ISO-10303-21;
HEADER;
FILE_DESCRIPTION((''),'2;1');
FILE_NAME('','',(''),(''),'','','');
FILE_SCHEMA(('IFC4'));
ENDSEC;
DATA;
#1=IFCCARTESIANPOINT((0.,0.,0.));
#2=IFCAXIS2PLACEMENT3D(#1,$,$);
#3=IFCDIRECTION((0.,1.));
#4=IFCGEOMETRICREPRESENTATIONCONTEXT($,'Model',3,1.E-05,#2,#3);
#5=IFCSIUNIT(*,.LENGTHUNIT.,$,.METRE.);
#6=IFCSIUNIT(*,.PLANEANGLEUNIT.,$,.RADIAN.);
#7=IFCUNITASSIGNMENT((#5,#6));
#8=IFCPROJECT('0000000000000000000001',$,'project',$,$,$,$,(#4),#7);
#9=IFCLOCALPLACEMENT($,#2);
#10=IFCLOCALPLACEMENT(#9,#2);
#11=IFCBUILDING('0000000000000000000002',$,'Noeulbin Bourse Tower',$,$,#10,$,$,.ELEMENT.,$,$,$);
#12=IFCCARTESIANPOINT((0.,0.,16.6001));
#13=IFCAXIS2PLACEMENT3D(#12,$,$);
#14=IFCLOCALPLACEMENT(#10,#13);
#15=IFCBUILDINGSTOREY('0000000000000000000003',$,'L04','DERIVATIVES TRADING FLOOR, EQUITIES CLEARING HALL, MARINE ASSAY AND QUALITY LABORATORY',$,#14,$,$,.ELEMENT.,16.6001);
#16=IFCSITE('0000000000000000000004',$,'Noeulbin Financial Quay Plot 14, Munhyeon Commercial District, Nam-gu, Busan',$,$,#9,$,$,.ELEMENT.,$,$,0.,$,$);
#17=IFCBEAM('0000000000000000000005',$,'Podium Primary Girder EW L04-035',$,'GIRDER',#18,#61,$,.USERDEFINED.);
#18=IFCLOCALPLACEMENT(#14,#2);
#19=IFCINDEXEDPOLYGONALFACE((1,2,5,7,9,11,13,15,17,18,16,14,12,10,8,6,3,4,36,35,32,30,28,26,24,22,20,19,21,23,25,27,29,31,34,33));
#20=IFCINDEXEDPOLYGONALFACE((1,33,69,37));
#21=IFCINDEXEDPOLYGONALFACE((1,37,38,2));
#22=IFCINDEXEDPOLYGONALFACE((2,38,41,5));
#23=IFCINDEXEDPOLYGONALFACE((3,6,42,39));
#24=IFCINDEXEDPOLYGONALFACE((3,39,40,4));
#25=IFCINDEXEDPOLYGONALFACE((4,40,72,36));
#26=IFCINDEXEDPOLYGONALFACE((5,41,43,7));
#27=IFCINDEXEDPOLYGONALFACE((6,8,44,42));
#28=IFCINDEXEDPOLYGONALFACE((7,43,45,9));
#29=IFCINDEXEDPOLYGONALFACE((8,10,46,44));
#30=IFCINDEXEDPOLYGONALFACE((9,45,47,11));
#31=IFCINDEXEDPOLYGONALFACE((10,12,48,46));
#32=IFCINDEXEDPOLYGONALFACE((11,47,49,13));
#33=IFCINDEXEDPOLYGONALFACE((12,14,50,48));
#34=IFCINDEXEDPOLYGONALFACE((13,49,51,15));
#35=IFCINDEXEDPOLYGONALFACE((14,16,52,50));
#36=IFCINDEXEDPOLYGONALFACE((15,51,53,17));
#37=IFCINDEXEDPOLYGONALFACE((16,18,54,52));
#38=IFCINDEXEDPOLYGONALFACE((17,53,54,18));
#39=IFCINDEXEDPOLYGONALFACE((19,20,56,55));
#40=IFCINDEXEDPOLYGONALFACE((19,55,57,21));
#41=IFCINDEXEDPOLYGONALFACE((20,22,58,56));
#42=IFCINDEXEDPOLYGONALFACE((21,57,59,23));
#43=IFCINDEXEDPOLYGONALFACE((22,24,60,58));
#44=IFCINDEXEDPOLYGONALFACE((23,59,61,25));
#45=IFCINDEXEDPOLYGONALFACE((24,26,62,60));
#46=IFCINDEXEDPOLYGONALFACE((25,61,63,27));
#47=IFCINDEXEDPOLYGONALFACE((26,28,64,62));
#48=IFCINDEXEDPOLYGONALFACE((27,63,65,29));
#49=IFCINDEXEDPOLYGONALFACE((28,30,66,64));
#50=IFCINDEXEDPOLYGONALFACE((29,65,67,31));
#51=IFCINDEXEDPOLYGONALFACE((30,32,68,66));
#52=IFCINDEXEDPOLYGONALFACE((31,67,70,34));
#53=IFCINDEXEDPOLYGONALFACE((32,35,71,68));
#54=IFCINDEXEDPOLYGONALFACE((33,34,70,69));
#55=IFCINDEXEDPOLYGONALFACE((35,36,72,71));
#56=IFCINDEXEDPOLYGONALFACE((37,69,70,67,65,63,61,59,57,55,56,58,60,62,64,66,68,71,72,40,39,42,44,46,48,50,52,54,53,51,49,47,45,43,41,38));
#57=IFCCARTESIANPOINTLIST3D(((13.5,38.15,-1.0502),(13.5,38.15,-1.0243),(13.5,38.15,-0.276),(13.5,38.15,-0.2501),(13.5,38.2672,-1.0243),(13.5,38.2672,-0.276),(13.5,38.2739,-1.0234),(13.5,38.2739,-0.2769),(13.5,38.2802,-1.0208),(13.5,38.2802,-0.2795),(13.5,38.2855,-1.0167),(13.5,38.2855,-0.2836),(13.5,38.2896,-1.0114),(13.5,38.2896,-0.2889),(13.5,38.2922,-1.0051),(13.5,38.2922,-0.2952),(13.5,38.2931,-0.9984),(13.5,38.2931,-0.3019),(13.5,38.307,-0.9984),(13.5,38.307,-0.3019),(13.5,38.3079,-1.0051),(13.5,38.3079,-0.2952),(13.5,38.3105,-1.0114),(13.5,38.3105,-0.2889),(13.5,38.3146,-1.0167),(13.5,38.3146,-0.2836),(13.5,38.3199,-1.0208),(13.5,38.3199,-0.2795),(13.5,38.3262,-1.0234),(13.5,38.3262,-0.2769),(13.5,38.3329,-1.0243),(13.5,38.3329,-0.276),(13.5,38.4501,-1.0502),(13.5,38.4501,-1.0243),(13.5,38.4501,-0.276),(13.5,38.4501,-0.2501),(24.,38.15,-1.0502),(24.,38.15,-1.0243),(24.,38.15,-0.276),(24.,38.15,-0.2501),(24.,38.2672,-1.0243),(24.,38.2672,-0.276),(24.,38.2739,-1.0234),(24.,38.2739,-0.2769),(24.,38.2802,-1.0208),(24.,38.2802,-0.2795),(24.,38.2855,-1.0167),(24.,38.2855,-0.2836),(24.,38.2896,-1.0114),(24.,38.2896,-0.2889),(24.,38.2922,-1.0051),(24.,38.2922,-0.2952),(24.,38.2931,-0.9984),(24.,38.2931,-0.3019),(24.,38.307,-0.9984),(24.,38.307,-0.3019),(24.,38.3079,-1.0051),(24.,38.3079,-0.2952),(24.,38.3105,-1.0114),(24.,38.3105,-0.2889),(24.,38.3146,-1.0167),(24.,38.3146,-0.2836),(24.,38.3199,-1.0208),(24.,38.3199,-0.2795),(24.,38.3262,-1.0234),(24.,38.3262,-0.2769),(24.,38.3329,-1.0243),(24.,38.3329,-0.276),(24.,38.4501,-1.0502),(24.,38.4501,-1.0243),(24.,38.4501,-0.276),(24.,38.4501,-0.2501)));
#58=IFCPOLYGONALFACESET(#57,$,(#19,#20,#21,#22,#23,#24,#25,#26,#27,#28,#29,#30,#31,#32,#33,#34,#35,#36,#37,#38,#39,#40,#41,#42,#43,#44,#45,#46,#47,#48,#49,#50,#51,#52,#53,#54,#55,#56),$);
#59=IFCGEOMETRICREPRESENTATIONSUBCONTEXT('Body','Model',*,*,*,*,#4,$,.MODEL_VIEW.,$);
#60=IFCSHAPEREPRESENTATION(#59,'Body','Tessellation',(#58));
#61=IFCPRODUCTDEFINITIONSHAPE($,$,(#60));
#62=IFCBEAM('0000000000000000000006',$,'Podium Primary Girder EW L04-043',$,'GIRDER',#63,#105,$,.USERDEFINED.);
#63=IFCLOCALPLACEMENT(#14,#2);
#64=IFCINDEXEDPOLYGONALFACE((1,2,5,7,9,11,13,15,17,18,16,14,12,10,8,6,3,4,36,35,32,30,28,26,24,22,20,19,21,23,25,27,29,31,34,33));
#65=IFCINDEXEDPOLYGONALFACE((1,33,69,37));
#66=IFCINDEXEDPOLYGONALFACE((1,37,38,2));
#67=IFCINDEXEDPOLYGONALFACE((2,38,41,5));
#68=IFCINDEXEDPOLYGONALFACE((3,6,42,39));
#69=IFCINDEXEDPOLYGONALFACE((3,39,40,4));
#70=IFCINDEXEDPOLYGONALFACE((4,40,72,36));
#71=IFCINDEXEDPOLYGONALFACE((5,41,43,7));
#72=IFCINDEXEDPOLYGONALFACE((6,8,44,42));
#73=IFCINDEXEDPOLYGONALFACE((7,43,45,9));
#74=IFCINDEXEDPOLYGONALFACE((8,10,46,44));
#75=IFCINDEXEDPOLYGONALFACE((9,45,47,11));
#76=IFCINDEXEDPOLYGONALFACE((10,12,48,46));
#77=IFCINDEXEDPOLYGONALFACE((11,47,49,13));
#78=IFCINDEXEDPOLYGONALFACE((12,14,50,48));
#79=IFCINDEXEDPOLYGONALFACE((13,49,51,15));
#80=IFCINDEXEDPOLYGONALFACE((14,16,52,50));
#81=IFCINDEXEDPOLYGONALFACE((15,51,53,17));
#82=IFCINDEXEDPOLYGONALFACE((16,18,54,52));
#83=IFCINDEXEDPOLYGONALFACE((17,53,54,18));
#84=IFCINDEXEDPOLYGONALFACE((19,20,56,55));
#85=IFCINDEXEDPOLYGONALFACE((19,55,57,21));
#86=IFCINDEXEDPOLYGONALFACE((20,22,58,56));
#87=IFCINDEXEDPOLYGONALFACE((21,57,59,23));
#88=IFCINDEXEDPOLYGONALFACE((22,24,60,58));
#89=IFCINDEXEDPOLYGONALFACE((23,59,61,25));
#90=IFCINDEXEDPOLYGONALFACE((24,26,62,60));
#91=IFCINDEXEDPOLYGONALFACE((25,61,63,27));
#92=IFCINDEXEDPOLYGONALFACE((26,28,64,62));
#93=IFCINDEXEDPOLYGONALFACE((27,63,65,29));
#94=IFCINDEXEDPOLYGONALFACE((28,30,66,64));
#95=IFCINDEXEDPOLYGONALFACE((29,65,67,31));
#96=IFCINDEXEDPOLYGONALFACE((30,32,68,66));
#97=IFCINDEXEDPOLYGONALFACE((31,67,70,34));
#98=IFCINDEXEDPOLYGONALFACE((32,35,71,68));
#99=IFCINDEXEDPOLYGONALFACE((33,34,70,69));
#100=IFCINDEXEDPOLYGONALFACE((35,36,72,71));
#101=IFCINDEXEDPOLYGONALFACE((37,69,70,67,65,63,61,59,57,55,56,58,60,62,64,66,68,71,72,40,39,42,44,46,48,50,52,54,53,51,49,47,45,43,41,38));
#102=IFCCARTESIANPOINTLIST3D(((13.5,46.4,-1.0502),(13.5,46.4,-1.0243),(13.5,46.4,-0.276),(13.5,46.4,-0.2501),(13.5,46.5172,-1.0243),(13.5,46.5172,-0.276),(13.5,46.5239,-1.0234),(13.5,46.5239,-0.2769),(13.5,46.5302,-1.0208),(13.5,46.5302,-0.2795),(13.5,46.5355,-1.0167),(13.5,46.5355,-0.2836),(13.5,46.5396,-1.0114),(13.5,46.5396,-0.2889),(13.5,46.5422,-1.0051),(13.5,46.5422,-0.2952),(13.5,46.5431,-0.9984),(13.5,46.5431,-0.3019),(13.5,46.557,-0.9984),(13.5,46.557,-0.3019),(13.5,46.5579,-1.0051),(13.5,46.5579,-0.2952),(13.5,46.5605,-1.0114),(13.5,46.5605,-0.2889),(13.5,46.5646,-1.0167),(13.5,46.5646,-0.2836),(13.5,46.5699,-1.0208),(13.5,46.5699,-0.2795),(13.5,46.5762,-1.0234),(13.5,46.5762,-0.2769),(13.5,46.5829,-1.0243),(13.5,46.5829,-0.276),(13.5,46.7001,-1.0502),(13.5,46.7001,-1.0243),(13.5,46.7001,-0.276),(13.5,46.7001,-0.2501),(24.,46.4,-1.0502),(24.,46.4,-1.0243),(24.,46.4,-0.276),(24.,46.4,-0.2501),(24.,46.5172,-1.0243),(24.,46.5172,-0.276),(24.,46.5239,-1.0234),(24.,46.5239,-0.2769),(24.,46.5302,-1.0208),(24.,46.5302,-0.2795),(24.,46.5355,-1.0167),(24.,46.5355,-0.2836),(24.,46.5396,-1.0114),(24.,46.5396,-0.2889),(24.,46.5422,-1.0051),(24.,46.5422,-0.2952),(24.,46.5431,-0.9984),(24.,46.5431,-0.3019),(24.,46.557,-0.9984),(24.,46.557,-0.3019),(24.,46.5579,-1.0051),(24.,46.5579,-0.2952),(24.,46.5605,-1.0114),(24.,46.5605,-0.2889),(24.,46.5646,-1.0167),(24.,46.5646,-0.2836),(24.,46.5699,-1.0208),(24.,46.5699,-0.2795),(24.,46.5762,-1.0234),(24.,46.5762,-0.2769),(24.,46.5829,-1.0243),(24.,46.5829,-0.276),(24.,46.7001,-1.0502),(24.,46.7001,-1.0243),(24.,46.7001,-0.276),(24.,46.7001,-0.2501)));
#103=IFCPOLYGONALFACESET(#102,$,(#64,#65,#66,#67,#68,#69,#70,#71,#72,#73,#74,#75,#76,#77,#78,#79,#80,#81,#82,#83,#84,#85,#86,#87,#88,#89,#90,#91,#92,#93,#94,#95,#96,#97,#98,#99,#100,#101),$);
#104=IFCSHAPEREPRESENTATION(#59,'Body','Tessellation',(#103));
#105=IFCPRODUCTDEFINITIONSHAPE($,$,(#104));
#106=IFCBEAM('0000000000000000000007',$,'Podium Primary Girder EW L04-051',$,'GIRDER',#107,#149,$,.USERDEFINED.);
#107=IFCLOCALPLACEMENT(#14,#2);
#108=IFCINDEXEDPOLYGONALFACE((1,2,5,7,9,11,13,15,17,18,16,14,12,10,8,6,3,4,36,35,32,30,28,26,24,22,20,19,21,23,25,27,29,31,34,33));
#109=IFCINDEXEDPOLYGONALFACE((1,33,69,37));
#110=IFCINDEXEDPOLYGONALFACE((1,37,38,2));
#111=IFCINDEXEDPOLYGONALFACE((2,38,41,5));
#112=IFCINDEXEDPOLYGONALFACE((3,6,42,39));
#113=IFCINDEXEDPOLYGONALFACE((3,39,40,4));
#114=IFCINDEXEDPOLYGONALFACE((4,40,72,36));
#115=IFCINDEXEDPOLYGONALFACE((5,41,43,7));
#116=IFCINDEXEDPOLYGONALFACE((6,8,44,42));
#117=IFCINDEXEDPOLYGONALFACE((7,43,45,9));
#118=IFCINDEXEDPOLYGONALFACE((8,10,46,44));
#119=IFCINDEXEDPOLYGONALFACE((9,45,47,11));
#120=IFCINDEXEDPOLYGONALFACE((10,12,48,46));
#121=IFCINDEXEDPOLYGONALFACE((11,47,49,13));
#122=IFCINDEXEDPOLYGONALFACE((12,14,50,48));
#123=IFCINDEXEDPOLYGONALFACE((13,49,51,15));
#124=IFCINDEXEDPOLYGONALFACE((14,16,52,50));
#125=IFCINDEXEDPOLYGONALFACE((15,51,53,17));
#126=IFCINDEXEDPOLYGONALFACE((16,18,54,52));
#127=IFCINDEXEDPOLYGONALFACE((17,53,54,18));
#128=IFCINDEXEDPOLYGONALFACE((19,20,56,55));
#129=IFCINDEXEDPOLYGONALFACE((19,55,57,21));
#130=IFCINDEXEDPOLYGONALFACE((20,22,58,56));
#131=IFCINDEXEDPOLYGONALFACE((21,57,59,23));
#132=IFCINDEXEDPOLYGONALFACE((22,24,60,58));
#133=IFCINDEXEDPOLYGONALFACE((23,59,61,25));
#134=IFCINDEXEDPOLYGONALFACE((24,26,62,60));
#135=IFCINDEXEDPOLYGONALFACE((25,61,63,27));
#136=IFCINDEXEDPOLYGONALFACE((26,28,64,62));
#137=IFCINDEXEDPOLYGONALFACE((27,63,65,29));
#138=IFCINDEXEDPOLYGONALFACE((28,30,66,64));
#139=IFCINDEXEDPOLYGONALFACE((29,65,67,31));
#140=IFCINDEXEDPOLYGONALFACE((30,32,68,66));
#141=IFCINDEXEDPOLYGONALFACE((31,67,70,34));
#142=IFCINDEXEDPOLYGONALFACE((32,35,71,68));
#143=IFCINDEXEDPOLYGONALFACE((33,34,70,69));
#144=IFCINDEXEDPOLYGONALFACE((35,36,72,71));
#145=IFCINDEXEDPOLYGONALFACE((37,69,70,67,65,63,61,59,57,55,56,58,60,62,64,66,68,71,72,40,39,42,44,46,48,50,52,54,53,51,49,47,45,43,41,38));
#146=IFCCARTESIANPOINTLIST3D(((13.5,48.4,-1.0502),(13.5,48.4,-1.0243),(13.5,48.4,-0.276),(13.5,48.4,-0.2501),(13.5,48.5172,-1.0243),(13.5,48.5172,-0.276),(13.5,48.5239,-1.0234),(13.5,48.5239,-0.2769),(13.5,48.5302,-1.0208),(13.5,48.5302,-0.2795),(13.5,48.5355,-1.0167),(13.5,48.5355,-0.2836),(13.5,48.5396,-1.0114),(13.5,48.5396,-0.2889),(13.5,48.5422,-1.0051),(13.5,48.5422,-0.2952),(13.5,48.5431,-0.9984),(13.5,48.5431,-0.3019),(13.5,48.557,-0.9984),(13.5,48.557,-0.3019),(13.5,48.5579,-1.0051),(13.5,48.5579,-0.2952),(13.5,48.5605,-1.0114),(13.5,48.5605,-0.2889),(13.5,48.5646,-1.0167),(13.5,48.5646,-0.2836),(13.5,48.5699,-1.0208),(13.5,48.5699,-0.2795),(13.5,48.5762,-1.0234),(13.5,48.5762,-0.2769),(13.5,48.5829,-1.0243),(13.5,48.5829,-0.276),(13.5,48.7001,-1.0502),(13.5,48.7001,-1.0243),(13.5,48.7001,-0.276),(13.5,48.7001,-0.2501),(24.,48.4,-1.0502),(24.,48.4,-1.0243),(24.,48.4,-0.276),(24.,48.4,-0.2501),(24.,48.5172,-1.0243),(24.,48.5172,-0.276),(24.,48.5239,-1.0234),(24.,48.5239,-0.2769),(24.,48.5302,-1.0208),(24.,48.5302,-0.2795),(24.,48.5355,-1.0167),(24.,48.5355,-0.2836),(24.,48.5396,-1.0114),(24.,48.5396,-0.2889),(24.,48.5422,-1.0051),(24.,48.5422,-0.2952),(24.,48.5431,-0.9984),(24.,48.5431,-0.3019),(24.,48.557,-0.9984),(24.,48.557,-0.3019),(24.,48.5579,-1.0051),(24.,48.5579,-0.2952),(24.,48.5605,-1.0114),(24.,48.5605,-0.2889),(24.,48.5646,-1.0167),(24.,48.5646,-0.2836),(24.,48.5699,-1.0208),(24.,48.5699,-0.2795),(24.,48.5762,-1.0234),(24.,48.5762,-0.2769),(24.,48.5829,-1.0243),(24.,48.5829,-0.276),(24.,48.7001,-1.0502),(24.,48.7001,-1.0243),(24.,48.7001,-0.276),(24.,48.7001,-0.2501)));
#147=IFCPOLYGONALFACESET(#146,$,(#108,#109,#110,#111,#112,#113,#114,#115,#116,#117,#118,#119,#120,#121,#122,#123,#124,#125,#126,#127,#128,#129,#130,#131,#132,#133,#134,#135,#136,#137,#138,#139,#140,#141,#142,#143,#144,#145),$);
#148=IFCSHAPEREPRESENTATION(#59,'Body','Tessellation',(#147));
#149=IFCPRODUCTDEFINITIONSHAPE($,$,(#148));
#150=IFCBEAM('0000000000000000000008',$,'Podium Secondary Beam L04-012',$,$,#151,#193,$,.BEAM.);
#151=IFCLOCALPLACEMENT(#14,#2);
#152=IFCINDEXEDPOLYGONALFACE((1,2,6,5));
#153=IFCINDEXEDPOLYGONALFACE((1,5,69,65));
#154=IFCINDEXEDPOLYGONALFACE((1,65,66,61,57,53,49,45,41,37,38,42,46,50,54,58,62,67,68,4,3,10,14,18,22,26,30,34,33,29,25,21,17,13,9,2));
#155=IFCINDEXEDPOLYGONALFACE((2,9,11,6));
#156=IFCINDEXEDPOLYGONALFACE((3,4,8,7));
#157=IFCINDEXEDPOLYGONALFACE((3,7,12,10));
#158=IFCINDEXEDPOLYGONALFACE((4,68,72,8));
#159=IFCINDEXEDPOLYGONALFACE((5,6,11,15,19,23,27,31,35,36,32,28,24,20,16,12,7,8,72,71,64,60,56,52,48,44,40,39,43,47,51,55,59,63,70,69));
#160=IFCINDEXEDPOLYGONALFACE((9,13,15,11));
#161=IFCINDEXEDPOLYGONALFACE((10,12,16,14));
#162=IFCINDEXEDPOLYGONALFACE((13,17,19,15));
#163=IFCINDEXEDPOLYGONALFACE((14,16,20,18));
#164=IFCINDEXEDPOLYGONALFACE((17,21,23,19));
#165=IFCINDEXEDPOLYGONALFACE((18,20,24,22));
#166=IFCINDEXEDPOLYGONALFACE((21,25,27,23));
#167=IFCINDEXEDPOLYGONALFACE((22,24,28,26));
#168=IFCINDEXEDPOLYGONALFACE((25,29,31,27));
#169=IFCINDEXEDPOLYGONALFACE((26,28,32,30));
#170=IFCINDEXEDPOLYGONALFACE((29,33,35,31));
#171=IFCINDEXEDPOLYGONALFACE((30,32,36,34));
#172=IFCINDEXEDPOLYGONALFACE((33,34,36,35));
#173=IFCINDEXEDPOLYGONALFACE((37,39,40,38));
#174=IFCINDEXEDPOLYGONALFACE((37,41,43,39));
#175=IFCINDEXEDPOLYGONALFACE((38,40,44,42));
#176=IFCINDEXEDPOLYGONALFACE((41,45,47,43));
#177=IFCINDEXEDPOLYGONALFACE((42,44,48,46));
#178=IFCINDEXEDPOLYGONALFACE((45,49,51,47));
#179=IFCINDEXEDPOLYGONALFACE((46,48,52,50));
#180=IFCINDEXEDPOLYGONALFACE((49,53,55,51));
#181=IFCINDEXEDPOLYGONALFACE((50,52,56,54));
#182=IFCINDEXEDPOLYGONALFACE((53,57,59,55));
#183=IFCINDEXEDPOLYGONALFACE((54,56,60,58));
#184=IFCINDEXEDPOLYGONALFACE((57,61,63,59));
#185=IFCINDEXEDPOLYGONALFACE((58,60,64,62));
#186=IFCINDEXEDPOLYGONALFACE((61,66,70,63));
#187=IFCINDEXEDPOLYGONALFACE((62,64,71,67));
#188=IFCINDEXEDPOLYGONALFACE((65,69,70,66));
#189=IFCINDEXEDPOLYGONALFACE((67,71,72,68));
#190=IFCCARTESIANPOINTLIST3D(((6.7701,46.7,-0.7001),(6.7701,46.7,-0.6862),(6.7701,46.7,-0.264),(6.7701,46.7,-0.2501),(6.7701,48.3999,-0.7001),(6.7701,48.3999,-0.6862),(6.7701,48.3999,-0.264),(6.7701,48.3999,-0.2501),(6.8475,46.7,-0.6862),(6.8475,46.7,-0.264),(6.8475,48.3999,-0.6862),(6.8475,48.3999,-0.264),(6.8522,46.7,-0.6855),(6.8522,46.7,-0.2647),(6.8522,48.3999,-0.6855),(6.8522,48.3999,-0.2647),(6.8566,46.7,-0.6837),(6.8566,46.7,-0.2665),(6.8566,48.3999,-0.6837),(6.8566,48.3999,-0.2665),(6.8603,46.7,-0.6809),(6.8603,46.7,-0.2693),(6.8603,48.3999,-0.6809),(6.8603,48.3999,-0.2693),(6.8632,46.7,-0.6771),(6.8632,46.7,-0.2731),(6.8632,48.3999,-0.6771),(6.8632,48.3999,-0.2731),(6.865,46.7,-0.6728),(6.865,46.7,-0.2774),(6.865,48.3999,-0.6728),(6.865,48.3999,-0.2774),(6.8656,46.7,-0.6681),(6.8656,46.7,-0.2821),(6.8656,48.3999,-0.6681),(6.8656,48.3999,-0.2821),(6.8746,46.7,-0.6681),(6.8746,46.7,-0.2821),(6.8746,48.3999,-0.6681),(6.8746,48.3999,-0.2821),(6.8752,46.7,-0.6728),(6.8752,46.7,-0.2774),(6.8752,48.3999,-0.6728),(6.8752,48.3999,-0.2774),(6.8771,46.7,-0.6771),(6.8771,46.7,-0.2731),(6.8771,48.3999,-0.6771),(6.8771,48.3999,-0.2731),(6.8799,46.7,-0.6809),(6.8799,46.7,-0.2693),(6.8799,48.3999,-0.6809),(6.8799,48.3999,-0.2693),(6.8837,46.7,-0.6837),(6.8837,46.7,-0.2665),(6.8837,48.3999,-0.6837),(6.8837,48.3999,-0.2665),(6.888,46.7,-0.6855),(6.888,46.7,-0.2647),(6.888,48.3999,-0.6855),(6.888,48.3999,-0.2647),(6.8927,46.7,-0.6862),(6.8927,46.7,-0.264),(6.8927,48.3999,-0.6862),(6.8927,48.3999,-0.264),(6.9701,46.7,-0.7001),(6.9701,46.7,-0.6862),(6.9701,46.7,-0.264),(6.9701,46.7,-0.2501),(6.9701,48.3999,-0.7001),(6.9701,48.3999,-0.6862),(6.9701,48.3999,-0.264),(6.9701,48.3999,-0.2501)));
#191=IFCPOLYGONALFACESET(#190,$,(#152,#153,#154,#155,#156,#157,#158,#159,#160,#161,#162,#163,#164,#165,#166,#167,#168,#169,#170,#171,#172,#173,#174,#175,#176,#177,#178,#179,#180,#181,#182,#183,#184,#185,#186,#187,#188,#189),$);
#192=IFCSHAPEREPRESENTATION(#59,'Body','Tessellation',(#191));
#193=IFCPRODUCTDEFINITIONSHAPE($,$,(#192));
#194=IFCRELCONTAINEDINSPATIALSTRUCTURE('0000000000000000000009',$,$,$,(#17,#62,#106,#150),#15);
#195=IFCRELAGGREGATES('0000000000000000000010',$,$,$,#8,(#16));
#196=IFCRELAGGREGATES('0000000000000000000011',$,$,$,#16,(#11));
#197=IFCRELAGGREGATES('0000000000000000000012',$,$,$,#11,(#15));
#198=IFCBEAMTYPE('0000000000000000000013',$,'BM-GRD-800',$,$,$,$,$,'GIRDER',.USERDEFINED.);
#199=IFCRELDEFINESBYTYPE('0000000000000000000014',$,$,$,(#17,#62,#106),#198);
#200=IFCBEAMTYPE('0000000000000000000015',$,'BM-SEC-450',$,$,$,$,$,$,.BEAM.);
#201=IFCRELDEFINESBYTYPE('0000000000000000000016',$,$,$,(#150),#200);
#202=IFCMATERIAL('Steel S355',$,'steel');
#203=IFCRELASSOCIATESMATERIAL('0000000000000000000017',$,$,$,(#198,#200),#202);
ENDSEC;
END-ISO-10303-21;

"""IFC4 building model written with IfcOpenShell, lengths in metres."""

from ifc_helpers import new_model, si_unit, direction, frame, origin, origin_2d, place, context, subcontext, project, spatial, i_section, extrude, material, material_profile, profile_set, type_object, element, save


model = new_model("IFC4")

# Units and contexts
model_context = context("Model", 3, precision=1e-05, world=origin(), true_north=direction((0.0, 1.0)))
body_context = subcontext(model_context, "Body", "Model", "MODEL_VIEW")
ifc_project = project(units=[si_unit("LENGTHUNIT", "METRE"), si_unit("PLANEANGLEUNIT", "RADIAN")], contexts=[model_context])

# Site, building, storey
site_placement = place(None, origin())
site = spatial("IfcSite", under=ifc_project, at=site_placement, Name="Noeulbin Financial Quay Plot 14, Munhyeon Commercial District, Nam-gu, Busan", CompositionType="ELEMENT", RefElevation=0.0)
building_placement = place(site_placement, origin())
building = spatial("IfcBuilding", under=site, at=building_placement, Name="Noeulbin Bourse Tower", CompositionType="ELEMENT")
storey_placement = place(building_placement, frame((0.0, 0.0, 16.6001)))
storey = spatial("IfcBuildingStorey", under=building, at=storey_placement, Name="L04", Description="DERIVATIVES TRADING FLOOR, EQUITIES CLEARING HALL, MARINE ASSAY AND QUALITY LABORATORY", CompositionType="ELEMENT", Elevation=16.6001)

# Beams
ifc_material_1 = material(Name="Steel S355", Category="steel")
ifc_material_profile_1 = material_profile(ifc_material_1, i_section(OverallWidth=0.3, OverallDepth=0.8, WebThickness=0.0139, FlangeThickness=0.0259, FilletRadius=0.0259, at=origin_2d()), Name="H-800x300x14x26", Category="LoadBearing")
ifc_profile_set_1 = profile_set([ifc_material_profile_1], Name="Steel S355")
beam_type_1 = type_object("IfcBeamType", Name="BM-GRD-800", ElementType="GIRDER", PredefinedType="USERDEFINED", material=ifc_profile_set_1)
for number, where, z_axis, x_axis, name in (
    (1, (13.5, 38.3, -0.6501), (1.0, 0.0, 0.0), (0.0, 1.0, 0.0), "Podium Primary Girder EW L04-035"),
    (2, (13.5, 46.55, -0.6501), (1.0, 0.0, 0.0), (0.0, 1.0, 0.0), "Podium Primary Girder EW L04-043"),
    (3, (13.5, 48.55, -0.6501), (1.0, 0.0, 0.0), (0.0, 1.0, 0.0), "Podium Primary Girder EW L04-051"),
):
    element("IfcBeam", number, at=place(storey_placement, frame(where, z_axis=z_axis, x_axis=x_axis)), inside=storey, type_object=beam_type_1, Name=name, ObjectType="GIRDER", PredefinedType="USERDEFINED", context=body_context, shape_type="SweptSolid", body=[
        extrude(i_section(OverallWidth=0.3, OverallDepth=0.8, WebThickness=0.0139, FlangeThickness=0.0259, FilletRadius=0.0259, at=origin_2d()), origin(), (0.0, 0.0, 1.0), 10.5),
    ])
ifc_material_profile_2 = material_profile(ifc_material_1, i_section(OverallWidth=0.2, OverallDepth=0.45, WebThickness=0.009, FlangeThickness=0.0139, FilletRadius=0.0181, at=origin_2d()), Name="H-450x200x9x14", Category="LoadBearing")
ifc_profile_set_2 = profile_set([ifc_material_profile_2], Name="Steel S355")
beam_type_2 = type_object("IfcBeamType", Name="BM-SEC-450", PredefinedType="BEAM", material=ifc_profile_set_2)
beam_1_placement = place(storey_placement, frame((6.8701, 46.7, -0.4751), z_axis=(0.0, 1.0, 0.0), x_axis=(-1.0, 0.0, 0.0)))
element("IfcBeam", 4, at=beam_1_placement, inside=storey, type_object=beam_type_2, Name="Podium Secondary Beam L04-012", PredefinedType="BEAM", context=body_context, shape_type="SweptSolid", body=[
    extrude(i_section(OverallWidth=0.2, OverallDepth=0.45, WebThickness=0.009, FlangeThickness=0.0139, FilletRadius=0.0181, at=origin_2d()), origin(), (0.0, 0.0, 1.0), 1.7),
])

save(model, "model.ifc")
